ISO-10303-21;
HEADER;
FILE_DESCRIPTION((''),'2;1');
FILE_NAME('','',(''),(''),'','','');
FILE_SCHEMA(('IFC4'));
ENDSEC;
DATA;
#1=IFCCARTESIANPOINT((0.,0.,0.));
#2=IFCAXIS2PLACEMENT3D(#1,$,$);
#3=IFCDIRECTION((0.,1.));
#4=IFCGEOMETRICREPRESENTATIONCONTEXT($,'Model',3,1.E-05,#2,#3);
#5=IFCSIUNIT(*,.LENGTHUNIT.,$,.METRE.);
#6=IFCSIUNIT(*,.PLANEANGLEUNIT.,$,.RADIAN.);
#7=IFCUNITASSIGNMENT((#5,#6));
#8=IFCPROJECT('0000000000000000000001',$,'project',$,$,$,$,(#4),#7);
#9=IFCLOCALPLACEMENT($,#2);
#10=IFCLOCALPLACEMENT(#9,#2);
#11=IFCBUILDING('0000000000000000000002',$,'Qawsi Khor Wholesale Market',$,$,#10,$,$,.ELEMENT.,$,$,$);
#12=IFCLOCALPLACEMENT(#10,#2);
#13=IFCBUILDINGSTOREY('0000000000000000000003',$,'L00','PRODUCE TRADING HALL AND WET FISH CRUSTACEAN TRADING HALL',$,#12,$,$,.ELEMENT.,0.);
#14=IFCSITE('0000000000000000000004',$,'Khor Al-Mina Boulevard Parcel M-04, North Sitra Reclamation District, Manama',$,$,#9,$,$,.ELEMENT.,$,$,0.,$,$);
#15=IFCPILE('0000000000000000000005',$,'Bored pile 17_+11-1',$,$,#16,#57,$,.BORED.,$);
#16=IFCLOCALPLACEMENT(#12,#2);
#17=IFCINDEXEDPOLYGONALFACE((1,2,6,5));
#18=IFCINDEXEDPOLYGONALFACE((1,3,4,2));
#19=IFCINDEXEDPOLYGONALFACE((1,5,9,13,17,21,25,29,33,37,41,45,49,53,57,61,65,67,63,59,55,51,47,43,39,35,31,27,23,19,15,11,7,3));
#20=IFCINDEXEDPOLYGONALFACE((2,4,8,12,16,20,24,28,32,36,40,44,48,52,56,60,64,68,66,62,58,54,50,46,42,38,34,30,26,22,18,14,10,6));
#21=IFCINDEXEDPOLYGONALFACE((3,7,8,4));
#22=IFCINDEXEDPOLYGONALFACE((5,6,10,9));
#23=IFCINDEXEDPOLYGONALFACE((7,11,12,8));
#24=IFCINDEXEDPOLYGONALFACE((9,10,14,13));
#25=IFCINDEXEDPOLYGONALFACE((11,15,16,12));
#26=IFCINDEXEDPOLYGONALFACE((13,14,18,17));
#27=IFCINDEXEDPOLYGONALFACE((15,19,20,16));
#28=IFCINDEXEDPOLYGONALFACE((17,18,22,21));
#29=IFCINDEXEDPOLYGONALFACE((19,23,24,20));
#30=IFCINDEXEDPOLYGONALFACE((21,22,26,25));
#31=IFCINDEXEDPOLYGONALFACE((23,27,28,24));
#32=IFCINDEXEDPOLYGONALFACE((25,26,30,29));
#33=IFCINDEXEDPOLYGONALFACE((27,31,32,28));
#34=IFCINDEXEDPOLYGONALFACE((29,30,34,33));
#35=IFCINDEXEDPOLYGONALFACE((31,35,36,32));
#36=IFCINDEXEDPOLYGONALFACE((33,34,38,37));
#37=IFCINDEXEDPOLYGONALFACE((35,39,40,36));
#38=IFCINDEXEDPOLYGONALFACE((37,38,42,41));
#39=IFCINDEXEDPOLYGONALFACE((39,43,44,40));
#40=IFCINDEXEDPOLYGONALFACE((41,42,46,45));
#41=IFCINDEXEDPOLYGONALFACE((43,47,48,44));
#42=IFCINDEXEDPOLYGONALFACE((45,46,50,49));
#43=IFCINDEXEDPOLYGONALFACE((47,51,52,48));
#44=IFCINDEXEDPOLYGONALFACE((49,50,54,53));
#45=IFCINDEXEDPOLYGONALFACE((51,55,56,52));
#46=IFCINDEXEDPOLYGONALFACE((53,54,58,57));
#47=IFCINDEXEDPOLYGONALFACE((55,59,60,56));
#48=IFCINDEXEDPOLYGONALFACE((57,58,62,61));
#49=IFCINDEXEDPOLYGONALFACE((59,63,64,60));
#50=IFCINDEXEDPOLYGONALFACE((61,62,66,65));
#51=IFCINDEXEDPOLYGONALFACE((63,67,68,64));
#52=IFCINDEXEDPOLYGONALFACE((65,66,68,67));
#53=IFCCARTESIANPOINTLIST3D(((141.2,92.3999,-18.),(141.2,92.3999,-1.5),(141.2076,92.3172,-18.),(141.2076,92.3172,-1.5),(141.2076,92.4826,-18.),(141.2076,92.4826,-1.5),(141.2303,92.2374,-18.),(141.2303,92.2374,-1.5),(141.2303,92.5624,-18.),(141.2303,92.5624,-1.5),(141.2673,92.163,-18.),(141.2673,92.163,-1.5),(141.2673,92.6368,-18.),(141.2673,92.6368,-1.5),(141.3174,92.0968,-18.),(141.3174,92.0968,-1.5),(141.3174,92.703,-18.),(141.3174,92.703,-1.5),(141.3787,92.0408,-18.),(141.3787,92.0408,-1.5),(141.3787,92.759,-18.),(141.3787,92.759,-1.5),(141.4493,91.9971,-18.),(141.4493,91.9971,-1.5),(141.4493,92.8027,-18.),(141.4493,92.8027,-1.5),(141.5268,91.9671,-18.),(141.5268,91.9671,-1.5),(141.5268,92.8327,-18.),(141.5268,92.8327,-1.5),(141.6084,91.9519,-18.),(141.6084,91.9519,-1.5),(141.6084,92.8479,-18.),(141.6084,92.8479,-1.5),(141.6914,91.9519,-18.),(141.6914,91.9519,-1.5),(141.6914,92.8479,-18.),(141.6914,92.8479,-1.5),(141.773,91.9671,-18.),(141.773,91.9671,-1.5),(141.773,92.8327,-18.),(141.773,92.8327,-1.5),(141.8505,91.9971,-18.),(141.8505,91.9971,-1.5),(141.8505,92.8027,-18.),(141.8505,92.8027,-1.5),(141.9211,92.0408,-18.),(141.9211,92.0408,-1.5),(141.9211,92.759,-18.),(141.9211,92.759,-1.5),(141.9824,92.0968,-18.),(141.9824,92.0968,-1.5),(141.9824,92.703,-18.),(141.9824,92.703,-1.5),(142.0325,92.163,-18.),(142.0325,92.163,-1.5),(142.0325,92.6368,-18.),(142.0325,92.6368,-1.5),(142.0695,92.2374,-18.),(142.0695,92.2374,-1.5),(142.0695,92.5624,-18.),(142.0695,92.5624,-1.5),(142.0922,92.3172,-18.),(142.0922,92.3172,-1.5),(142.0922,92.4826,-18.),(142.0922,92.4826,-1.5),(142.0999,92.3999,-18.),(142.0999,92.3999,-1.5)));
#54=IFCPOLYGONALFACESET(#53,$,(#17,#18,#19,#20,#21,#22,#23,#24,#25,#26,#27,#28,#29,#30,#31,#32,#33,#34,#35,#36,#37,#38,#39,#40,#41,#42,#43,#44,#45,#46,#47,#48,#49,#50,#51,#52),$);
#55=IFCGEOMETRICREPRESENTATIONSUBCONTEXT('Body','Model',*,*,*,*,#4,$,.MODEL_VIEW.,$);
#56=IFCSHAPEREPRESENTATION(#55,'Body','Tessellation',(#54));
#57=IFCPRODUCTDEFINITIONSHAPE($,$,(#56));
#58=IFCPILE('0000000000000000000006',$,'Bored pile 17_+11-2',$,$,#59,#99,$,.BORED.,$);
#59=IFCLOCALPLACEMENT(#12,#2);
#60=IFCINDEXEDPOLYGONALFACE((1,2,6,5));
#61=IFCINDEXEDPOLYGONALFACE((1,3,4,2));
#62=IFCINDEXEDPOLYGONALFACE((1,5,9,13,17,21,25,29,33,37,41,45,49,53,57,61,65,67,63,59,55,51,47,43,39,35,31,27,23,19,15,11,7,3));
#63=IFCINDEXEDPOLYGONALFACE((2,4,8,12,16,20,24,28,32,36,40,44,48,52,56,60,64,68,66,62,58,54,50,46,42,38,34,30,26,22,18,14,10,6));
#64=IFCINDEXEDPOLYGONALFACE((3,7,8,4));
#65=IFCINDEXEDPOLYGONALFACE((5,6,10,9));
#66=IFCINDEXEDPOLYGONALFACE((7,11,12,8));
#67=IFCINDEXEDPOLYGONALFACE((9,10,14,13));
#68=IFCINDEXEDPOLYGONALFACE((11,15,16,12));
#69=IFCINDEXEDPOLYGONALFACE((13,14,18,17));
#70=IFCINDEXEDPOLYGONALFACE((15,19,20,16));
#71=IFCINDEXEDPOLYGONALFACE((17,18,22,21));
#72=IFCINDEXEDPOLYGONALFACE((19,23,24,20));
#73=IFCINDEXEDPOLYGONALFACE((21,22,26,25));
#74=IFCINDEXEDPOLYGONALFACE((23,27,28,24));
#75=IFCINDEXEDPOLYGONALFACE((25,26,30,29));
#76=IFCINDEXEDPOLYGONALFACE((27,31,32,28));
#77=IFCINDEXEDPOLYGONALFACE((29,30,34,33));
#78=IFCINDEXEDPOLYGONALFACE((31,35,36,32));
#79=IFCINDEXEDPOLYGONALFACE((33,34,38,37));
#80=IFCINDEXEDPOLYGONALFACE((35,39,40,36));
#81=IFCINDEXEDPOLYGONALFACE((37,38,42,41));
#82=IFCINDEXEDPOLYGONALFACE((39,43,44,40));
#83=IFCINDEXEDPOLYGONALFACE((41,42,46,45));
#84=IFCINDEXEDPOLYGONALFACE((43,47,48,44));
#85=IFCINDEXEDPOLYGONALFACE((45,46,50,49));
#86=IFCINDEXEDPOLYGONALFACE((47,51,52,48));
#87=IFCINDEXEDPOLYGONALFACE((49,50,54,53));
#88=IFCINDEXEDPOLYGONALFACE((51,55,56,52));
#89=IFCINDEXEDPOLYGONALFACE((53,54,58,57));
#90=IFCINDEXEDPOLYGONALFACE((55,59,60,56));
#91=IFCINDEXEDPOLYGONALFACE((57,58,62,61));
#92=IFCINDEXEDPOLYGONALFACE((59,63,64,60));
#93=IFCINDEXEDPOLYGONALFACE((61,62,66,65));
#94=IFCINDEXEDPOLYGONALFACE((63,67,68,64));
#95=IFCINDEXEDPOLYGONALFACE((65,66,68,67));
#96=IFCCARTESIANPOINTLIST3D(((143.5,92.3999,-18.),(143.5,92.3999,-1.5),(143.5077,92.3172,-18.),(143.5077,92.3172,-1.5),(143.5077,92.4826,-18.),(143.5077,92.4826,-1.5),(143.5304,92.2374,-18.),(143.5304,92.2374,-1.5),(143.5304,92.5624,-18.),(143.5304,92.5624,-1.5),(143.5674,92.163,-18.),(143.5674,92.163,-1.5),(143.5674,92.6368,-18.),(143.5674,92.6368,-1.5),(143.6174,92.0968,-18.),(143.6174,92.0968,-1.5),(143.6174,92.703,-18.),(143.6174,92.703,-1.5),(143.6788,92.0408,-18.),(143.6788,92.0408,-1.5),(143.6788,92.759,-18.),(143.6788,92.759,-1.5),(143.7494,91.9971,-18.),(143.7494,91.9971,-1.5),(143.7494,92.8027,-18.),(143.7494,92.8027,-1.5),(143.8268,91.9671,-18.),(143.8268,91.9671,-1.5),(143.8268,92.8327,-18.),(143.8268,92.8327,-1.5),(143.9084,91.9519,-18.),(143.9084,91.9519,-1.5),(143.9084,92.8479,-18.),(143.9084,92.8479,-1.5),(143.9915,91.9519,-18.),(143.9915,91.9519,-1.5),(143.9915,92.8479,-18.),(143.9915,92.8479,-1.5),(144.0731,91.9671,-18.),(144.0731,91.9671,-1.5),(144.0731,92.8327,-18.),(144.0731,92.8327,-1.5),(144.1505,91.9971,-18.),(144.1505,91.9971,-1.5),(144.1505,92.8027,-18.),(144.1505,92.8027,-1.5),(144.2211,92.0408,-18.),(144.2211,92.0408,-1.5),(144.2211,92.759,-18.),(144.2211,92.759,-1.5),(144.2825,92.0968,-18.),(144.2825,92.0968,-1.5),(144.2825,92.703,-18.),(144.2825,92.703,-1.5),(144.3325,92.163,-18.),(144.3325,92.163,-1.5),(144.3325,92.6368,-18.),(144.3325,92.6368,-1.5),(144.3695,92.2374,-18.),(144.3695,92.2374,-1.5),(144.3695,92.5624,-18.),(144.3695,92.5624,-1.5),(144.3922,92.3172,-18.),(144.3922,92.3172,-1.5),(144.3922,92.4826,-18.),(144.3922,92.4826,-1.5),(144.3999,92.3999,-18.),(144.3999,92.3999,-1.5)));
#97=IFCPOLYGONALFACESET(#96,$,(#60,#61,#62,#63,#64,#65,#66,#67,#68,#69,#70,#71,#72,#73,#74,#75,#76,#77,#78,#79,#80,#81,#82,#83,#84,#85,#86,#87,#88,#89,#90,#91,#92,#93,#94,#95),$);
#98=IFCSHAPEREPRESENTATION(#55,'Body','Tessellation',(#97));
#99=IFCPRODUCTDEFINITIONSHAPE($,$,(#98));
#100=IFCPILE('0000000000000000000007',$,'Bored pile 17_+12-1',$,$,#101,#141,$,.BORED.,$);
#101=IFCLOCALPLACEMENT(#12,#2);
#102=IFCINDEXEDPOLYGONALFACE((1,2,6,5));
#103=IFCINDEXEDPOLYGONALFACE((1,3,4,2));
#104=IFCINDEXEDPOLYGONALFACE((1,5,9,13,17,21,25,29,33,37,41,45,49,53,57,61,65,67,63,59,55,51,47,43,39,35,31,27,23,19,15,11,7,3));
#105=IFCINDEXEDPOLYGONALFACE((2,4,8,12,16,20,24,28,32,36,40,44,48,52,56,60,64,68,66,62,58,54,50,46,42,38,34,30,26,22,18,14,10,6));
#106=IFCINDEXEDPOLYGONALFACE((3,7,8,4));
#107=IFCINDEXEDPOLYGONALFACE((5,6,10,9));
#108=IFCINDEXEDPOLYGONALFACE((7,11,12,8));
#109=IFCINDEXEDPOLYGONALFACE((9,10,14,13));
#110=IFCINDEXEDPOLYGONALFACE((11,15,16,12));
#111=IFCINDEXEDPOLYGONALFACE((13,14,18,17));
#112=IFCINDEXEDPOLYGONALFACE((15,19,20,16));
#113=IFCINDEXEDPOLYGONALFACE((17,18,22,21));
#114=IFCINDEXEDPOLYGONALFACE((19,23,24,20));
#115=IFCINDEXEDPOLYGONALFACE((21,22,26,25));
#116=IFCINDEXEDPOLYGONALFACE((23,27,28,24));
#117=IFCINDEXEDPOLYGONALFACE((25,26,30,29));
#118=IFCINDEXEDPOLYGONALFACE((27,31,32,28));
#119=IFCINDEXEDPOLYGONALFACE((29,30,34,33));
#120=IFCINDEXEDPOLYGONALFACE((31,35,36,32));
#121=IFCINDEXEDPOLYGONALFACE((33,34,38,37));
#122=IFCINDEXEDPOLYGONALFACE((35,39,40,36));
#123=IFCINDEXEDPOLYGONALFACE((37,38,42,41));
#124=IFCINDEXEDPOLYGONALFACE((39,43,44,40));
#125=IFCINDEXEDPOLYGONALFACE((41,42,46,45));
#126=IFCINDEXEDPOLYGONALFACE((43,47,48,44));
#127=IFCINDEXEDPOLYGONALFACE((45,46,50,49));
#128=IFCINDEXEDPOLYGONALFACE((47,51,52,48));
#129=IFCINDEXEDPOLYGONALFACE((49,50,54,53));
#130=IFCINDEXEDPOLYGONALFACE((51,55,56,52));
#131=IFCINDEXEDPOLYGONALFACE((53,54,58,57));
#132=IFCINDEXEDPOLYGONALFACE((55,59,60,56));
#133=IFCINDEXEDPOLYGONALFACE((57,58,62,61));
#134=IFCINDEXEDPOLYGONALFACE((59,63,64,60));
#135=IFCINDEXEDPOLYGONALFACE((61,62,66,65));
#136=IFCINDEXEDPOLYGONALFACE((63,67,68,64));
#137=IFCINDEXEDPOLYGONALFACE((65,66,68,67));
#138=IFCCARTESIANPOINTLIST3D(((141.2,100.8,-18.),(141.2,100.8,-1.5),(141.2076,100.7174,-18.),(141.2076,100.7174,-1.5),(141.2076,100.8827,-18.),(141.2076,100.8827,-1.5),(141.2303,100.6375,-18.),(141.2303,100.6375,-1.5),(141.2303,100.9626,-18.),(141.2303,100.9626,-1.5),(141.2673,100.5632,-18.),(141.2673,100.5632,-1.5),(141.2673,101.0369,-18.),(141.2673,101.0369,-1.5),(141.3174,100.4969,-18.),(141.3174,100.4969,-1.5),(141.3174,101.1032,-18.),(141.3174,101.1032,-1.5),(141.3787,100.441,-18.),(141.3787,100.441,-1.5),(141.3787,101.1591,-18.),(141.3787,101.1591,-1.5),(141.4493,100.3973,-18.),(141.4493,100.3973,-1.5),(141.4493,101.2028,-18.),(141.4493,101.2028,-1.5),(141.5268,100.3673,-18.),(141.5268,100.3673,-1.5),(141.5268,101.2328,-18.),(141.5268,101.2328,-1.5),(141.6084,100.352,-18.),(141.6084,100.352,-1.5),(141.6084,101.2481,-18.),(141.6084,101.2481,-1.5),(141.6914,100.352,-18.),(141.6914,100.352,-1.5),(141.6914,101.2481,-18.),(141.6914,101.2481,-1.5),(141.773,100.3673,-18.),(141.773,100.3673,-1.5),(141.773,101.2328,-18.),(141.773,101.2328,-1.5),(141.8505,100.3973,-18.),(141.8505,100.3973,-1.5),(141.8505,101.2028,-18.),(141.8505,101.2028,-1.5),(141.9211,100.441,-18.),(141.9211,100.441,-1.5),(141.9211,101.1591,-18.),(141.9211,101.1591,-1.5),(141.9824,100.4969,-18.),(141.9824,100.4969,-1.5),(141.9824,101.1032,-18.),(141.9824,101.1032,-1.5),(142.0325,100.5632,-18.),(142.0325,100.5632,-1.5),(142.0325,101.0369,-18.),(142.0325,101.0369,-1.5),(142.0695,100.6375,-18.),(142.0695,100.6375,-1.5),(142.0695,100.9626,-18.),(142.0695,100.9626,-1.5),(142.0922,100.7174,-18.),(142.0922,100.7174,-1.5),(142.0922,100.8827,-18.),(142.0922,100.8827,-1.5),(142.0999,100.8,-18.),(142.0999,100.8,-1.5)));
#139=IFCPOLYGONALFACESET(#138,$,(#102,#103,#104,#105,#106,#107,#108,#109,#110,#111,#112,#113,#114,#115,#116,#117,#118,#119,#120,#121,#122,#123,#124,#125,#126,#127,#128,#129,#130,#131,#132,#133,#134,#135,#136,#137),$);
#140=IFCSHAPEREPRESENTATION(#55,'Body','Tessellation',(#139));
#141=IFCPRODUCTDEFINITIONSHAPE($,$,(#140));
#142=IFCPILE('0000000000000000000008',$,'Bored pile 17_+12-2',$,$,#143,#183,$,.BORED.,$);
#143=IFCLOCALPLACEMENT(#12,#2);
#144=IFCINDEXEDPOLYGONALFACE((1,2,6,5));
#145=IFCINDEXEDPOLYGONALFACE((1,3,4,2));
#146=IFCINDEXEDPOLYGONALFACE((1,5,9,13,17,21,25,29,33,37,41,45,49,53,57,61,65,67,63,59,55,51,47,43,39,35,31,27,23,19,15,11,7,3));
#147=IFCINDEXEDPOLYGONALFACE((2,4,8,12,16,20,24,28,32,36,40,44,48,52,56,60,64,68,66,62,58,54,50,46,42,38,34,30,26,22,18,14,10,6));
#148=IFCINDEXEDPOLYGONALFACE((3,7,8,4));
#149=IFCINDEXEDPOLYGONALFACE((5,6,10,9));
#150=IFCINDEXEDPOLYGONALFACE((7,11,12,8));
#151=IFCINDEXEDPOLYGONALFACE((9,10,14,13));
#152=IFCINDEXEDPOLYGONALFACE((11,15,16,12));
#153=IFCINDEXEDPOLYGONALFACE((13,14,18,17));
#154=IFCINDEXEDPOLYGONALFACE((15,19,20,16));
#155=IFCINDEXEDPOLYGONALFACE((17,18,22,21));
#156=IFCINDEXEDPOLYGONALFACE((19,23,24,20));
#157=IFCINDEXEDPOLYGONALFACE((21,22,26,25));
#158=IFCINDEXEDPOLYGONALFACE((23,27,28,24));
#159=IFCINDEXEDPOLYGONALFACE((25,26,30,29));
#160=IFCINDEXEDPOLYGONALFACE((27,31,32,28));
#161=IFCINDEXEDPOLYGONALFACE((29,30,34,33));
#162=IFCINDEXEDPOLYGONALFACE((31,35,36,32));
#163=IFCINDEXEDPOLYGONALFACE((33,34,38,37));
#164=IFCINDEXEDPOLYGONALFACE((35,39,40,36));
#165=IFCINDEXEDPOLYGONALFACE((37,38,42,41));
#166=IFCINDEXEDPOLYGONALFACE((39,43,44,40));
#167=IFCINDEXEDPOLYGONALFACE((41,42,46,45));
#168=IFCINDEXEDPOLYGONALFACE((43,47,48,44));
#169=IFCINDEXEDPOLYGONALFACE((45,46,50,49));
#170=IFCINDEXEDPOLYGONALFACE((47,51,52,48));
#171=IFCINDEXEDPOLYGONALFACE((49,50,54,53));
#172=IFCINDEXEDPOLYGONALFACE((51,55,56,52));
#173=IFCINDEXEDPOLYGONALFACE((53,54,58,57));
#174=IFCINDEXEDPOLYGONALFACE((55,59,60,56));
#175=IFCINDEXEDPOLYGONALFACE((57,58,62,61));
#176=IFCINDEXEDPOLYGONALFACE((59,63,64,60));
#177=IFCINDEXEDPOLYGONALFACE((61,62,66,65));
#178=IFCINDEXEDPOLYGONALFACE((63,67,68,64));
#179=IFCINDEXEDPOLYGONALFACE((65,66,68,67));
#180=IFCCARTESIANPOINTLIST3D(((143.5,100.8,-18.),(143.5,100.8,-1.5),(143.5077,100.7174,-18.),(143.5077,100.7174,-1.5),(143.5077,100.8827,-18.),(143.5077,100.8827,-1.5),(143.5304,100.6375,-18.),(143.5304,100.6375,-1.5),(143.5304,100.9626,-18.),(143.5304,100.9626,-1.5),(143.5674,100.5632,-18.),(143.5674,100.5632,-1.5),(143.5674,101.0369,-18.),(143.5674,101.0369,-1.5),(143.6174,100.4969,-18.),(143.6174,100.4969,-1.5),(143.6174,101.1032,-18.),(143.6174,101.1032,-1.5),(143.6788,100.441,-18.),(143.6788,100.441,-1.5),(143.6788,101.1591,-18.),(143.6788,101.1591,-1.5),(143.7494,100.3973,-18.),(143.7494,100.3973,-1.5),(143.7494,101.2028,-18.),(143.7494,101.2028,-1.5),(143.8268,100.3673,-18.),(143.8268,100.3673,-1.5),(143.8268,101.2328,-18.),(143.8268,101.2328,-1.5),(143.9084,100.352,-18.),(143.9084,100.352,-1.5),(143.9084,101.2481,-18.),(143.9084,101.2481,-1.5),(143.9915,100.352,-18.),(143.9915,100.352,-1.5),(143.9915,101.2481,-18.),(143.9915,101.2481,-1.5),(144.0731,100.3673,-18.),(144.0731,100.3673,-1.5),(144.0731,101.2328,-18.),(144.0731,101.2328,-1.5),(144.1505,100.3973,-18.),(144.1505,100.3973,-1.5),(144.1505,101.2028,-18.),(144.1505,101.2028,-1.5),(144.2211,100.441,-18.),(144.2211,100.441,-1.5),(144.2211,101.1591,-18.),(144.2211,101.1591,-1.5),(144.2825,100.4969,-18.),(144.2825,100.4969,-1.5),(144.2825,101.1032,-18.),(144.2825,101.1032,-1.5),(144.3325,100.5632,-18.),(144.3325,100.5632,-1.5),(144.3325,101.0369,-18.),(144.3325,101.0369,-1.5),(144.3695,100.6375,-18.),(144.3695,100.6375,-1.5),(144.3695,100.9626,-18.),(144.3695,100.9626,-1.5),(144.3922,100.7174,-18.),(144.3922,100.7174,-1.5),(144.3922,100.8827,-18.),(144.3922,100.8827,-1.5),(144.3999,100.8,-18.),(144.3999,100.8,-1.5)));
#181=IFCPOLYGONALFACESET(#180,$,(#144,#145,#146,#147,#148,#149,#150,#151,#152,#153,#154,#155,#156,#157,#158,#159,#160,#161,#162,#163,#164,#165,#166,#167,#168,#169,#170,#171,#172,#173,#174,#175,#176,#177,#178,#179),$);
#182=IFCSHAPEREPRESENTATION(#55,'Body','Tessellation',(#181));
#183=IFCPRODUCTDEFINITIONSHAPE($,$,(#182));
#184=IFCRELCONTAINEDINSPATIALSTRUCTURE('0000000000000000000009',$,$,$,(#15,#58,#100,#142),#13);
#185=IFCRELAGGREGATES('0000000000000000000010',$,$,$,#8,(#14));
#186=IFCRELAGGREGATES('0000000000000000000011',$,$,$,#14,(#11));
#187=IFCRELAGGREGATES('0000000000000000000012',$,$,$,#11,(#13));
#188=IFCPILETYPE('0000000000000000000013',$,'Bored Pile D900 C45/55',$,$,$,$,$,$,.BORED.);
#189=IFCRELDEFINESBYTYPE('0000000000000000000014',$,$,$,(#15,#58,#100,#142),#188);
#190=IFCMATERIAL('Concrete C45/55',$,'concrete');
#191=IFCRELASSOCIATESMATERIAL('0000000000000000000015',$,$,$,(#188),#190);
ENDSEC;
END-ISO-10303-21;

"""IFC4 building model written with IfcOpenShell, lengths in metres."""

from ifc_helpers import new_model, si_unit, direction, frame, origin, origin_2d, place, context, subcontext, project, spatial, circle, extrude, material, material_profile, profile_set, type_object, element, save


model = new_model("IFC4")

# Units and contexts
model_context = context("Model", 3, precision=1e-05, world=origin(), true_north=direction((0.0, 1.0)))
body_context = subcontext(model_context, "Body", "Model", "MODEL_VIEW")
ifc_project = project(units=[si_unit("LENGTHUNIT", "METRE"), si_unit("PLANEANGLEUNIT", "RADIAN")], contexts=[model_context])

# Site, building, storey
site_placement = place(None, origin())
site = spatial("IfcSite", under=ifc_project, at=site_placement, Name="Khor Al-Mina Boulevard Parcel M-04, North Sitra Reclamation District, Manama", CompositionType="ELEMENT", RefElevation=0.0)
building_placement = place(site_placement, origin())
building = spatial("IfcBuilding", under=site, at=building_placement, Name="Qawsi Khor Wholesale Market", CompositionType="ELEMENT")
storey_placement = place(building_placement, origin())
storey = spatial("IfcBuildingStorey", under=building, at=storey_placement, Name="L00", Description="PRODUCE TRADING HALL AND WET FISH CRUSTACEAN TRADING HALL", CompositionType="ELEMENT", Elevation=0.0)

# Piles
ifc_material_1 = material(Name="Concrete C45/55", Category="concrete")
ifc_material_profile_1 = material_profile(ifc_material_1, circle(Radius=0.45, at=origin_2d()), Name="PILE D900")
ifc_profile_set_1 = profile_set([ifc_material_profile_1], Name="Concrete C45/55")
pile_type = type_object("IfcPileType", Name="Bored Pile D900 C45/55", PredefinedType="BORED", material=ifc_profile_set_1)
for number, where, z_axis, x_axis, name in (
    (1, (141.6499, 92.3999, -1.5), (0.0, 0.0, -1.0), (1.0, 0.0, 0.0), "Bored pile 17_+11-1"),
    (2, (143.95, 92.3999, -1.5), (0.0, 0.0, -1.0), (1.0, 0.0, 0.0), "Bored pile 17_+11-2"),
    (3, (141.6499, 100.8, -1.5), (0.0, 0.0, -1.0), (1.0, 0.0, 0.0), "Bored pile 17_+12-1"),
    (4, (143.95, 100.8, -1.5), (0.0, 0.0, -1.0), (1.0, 0.0, 0.0), "Bored pile 17_+12-2"),
):
    element("IfcPile", number, at=place(storey_placement, frame(where, z_axis=z_axis, x_axis=x_axis)), inside=storey, type_object=pile_type, Name=name, PredefinedType="BORED", context=body_context, shape_type="SweptSolid", body=[
        extrude(circle(Radius=0.45, at=origin_2d()), origin(), (0.0, 0.0, 1.0), 16.5),
    ])

save(model, "model.ifc")
